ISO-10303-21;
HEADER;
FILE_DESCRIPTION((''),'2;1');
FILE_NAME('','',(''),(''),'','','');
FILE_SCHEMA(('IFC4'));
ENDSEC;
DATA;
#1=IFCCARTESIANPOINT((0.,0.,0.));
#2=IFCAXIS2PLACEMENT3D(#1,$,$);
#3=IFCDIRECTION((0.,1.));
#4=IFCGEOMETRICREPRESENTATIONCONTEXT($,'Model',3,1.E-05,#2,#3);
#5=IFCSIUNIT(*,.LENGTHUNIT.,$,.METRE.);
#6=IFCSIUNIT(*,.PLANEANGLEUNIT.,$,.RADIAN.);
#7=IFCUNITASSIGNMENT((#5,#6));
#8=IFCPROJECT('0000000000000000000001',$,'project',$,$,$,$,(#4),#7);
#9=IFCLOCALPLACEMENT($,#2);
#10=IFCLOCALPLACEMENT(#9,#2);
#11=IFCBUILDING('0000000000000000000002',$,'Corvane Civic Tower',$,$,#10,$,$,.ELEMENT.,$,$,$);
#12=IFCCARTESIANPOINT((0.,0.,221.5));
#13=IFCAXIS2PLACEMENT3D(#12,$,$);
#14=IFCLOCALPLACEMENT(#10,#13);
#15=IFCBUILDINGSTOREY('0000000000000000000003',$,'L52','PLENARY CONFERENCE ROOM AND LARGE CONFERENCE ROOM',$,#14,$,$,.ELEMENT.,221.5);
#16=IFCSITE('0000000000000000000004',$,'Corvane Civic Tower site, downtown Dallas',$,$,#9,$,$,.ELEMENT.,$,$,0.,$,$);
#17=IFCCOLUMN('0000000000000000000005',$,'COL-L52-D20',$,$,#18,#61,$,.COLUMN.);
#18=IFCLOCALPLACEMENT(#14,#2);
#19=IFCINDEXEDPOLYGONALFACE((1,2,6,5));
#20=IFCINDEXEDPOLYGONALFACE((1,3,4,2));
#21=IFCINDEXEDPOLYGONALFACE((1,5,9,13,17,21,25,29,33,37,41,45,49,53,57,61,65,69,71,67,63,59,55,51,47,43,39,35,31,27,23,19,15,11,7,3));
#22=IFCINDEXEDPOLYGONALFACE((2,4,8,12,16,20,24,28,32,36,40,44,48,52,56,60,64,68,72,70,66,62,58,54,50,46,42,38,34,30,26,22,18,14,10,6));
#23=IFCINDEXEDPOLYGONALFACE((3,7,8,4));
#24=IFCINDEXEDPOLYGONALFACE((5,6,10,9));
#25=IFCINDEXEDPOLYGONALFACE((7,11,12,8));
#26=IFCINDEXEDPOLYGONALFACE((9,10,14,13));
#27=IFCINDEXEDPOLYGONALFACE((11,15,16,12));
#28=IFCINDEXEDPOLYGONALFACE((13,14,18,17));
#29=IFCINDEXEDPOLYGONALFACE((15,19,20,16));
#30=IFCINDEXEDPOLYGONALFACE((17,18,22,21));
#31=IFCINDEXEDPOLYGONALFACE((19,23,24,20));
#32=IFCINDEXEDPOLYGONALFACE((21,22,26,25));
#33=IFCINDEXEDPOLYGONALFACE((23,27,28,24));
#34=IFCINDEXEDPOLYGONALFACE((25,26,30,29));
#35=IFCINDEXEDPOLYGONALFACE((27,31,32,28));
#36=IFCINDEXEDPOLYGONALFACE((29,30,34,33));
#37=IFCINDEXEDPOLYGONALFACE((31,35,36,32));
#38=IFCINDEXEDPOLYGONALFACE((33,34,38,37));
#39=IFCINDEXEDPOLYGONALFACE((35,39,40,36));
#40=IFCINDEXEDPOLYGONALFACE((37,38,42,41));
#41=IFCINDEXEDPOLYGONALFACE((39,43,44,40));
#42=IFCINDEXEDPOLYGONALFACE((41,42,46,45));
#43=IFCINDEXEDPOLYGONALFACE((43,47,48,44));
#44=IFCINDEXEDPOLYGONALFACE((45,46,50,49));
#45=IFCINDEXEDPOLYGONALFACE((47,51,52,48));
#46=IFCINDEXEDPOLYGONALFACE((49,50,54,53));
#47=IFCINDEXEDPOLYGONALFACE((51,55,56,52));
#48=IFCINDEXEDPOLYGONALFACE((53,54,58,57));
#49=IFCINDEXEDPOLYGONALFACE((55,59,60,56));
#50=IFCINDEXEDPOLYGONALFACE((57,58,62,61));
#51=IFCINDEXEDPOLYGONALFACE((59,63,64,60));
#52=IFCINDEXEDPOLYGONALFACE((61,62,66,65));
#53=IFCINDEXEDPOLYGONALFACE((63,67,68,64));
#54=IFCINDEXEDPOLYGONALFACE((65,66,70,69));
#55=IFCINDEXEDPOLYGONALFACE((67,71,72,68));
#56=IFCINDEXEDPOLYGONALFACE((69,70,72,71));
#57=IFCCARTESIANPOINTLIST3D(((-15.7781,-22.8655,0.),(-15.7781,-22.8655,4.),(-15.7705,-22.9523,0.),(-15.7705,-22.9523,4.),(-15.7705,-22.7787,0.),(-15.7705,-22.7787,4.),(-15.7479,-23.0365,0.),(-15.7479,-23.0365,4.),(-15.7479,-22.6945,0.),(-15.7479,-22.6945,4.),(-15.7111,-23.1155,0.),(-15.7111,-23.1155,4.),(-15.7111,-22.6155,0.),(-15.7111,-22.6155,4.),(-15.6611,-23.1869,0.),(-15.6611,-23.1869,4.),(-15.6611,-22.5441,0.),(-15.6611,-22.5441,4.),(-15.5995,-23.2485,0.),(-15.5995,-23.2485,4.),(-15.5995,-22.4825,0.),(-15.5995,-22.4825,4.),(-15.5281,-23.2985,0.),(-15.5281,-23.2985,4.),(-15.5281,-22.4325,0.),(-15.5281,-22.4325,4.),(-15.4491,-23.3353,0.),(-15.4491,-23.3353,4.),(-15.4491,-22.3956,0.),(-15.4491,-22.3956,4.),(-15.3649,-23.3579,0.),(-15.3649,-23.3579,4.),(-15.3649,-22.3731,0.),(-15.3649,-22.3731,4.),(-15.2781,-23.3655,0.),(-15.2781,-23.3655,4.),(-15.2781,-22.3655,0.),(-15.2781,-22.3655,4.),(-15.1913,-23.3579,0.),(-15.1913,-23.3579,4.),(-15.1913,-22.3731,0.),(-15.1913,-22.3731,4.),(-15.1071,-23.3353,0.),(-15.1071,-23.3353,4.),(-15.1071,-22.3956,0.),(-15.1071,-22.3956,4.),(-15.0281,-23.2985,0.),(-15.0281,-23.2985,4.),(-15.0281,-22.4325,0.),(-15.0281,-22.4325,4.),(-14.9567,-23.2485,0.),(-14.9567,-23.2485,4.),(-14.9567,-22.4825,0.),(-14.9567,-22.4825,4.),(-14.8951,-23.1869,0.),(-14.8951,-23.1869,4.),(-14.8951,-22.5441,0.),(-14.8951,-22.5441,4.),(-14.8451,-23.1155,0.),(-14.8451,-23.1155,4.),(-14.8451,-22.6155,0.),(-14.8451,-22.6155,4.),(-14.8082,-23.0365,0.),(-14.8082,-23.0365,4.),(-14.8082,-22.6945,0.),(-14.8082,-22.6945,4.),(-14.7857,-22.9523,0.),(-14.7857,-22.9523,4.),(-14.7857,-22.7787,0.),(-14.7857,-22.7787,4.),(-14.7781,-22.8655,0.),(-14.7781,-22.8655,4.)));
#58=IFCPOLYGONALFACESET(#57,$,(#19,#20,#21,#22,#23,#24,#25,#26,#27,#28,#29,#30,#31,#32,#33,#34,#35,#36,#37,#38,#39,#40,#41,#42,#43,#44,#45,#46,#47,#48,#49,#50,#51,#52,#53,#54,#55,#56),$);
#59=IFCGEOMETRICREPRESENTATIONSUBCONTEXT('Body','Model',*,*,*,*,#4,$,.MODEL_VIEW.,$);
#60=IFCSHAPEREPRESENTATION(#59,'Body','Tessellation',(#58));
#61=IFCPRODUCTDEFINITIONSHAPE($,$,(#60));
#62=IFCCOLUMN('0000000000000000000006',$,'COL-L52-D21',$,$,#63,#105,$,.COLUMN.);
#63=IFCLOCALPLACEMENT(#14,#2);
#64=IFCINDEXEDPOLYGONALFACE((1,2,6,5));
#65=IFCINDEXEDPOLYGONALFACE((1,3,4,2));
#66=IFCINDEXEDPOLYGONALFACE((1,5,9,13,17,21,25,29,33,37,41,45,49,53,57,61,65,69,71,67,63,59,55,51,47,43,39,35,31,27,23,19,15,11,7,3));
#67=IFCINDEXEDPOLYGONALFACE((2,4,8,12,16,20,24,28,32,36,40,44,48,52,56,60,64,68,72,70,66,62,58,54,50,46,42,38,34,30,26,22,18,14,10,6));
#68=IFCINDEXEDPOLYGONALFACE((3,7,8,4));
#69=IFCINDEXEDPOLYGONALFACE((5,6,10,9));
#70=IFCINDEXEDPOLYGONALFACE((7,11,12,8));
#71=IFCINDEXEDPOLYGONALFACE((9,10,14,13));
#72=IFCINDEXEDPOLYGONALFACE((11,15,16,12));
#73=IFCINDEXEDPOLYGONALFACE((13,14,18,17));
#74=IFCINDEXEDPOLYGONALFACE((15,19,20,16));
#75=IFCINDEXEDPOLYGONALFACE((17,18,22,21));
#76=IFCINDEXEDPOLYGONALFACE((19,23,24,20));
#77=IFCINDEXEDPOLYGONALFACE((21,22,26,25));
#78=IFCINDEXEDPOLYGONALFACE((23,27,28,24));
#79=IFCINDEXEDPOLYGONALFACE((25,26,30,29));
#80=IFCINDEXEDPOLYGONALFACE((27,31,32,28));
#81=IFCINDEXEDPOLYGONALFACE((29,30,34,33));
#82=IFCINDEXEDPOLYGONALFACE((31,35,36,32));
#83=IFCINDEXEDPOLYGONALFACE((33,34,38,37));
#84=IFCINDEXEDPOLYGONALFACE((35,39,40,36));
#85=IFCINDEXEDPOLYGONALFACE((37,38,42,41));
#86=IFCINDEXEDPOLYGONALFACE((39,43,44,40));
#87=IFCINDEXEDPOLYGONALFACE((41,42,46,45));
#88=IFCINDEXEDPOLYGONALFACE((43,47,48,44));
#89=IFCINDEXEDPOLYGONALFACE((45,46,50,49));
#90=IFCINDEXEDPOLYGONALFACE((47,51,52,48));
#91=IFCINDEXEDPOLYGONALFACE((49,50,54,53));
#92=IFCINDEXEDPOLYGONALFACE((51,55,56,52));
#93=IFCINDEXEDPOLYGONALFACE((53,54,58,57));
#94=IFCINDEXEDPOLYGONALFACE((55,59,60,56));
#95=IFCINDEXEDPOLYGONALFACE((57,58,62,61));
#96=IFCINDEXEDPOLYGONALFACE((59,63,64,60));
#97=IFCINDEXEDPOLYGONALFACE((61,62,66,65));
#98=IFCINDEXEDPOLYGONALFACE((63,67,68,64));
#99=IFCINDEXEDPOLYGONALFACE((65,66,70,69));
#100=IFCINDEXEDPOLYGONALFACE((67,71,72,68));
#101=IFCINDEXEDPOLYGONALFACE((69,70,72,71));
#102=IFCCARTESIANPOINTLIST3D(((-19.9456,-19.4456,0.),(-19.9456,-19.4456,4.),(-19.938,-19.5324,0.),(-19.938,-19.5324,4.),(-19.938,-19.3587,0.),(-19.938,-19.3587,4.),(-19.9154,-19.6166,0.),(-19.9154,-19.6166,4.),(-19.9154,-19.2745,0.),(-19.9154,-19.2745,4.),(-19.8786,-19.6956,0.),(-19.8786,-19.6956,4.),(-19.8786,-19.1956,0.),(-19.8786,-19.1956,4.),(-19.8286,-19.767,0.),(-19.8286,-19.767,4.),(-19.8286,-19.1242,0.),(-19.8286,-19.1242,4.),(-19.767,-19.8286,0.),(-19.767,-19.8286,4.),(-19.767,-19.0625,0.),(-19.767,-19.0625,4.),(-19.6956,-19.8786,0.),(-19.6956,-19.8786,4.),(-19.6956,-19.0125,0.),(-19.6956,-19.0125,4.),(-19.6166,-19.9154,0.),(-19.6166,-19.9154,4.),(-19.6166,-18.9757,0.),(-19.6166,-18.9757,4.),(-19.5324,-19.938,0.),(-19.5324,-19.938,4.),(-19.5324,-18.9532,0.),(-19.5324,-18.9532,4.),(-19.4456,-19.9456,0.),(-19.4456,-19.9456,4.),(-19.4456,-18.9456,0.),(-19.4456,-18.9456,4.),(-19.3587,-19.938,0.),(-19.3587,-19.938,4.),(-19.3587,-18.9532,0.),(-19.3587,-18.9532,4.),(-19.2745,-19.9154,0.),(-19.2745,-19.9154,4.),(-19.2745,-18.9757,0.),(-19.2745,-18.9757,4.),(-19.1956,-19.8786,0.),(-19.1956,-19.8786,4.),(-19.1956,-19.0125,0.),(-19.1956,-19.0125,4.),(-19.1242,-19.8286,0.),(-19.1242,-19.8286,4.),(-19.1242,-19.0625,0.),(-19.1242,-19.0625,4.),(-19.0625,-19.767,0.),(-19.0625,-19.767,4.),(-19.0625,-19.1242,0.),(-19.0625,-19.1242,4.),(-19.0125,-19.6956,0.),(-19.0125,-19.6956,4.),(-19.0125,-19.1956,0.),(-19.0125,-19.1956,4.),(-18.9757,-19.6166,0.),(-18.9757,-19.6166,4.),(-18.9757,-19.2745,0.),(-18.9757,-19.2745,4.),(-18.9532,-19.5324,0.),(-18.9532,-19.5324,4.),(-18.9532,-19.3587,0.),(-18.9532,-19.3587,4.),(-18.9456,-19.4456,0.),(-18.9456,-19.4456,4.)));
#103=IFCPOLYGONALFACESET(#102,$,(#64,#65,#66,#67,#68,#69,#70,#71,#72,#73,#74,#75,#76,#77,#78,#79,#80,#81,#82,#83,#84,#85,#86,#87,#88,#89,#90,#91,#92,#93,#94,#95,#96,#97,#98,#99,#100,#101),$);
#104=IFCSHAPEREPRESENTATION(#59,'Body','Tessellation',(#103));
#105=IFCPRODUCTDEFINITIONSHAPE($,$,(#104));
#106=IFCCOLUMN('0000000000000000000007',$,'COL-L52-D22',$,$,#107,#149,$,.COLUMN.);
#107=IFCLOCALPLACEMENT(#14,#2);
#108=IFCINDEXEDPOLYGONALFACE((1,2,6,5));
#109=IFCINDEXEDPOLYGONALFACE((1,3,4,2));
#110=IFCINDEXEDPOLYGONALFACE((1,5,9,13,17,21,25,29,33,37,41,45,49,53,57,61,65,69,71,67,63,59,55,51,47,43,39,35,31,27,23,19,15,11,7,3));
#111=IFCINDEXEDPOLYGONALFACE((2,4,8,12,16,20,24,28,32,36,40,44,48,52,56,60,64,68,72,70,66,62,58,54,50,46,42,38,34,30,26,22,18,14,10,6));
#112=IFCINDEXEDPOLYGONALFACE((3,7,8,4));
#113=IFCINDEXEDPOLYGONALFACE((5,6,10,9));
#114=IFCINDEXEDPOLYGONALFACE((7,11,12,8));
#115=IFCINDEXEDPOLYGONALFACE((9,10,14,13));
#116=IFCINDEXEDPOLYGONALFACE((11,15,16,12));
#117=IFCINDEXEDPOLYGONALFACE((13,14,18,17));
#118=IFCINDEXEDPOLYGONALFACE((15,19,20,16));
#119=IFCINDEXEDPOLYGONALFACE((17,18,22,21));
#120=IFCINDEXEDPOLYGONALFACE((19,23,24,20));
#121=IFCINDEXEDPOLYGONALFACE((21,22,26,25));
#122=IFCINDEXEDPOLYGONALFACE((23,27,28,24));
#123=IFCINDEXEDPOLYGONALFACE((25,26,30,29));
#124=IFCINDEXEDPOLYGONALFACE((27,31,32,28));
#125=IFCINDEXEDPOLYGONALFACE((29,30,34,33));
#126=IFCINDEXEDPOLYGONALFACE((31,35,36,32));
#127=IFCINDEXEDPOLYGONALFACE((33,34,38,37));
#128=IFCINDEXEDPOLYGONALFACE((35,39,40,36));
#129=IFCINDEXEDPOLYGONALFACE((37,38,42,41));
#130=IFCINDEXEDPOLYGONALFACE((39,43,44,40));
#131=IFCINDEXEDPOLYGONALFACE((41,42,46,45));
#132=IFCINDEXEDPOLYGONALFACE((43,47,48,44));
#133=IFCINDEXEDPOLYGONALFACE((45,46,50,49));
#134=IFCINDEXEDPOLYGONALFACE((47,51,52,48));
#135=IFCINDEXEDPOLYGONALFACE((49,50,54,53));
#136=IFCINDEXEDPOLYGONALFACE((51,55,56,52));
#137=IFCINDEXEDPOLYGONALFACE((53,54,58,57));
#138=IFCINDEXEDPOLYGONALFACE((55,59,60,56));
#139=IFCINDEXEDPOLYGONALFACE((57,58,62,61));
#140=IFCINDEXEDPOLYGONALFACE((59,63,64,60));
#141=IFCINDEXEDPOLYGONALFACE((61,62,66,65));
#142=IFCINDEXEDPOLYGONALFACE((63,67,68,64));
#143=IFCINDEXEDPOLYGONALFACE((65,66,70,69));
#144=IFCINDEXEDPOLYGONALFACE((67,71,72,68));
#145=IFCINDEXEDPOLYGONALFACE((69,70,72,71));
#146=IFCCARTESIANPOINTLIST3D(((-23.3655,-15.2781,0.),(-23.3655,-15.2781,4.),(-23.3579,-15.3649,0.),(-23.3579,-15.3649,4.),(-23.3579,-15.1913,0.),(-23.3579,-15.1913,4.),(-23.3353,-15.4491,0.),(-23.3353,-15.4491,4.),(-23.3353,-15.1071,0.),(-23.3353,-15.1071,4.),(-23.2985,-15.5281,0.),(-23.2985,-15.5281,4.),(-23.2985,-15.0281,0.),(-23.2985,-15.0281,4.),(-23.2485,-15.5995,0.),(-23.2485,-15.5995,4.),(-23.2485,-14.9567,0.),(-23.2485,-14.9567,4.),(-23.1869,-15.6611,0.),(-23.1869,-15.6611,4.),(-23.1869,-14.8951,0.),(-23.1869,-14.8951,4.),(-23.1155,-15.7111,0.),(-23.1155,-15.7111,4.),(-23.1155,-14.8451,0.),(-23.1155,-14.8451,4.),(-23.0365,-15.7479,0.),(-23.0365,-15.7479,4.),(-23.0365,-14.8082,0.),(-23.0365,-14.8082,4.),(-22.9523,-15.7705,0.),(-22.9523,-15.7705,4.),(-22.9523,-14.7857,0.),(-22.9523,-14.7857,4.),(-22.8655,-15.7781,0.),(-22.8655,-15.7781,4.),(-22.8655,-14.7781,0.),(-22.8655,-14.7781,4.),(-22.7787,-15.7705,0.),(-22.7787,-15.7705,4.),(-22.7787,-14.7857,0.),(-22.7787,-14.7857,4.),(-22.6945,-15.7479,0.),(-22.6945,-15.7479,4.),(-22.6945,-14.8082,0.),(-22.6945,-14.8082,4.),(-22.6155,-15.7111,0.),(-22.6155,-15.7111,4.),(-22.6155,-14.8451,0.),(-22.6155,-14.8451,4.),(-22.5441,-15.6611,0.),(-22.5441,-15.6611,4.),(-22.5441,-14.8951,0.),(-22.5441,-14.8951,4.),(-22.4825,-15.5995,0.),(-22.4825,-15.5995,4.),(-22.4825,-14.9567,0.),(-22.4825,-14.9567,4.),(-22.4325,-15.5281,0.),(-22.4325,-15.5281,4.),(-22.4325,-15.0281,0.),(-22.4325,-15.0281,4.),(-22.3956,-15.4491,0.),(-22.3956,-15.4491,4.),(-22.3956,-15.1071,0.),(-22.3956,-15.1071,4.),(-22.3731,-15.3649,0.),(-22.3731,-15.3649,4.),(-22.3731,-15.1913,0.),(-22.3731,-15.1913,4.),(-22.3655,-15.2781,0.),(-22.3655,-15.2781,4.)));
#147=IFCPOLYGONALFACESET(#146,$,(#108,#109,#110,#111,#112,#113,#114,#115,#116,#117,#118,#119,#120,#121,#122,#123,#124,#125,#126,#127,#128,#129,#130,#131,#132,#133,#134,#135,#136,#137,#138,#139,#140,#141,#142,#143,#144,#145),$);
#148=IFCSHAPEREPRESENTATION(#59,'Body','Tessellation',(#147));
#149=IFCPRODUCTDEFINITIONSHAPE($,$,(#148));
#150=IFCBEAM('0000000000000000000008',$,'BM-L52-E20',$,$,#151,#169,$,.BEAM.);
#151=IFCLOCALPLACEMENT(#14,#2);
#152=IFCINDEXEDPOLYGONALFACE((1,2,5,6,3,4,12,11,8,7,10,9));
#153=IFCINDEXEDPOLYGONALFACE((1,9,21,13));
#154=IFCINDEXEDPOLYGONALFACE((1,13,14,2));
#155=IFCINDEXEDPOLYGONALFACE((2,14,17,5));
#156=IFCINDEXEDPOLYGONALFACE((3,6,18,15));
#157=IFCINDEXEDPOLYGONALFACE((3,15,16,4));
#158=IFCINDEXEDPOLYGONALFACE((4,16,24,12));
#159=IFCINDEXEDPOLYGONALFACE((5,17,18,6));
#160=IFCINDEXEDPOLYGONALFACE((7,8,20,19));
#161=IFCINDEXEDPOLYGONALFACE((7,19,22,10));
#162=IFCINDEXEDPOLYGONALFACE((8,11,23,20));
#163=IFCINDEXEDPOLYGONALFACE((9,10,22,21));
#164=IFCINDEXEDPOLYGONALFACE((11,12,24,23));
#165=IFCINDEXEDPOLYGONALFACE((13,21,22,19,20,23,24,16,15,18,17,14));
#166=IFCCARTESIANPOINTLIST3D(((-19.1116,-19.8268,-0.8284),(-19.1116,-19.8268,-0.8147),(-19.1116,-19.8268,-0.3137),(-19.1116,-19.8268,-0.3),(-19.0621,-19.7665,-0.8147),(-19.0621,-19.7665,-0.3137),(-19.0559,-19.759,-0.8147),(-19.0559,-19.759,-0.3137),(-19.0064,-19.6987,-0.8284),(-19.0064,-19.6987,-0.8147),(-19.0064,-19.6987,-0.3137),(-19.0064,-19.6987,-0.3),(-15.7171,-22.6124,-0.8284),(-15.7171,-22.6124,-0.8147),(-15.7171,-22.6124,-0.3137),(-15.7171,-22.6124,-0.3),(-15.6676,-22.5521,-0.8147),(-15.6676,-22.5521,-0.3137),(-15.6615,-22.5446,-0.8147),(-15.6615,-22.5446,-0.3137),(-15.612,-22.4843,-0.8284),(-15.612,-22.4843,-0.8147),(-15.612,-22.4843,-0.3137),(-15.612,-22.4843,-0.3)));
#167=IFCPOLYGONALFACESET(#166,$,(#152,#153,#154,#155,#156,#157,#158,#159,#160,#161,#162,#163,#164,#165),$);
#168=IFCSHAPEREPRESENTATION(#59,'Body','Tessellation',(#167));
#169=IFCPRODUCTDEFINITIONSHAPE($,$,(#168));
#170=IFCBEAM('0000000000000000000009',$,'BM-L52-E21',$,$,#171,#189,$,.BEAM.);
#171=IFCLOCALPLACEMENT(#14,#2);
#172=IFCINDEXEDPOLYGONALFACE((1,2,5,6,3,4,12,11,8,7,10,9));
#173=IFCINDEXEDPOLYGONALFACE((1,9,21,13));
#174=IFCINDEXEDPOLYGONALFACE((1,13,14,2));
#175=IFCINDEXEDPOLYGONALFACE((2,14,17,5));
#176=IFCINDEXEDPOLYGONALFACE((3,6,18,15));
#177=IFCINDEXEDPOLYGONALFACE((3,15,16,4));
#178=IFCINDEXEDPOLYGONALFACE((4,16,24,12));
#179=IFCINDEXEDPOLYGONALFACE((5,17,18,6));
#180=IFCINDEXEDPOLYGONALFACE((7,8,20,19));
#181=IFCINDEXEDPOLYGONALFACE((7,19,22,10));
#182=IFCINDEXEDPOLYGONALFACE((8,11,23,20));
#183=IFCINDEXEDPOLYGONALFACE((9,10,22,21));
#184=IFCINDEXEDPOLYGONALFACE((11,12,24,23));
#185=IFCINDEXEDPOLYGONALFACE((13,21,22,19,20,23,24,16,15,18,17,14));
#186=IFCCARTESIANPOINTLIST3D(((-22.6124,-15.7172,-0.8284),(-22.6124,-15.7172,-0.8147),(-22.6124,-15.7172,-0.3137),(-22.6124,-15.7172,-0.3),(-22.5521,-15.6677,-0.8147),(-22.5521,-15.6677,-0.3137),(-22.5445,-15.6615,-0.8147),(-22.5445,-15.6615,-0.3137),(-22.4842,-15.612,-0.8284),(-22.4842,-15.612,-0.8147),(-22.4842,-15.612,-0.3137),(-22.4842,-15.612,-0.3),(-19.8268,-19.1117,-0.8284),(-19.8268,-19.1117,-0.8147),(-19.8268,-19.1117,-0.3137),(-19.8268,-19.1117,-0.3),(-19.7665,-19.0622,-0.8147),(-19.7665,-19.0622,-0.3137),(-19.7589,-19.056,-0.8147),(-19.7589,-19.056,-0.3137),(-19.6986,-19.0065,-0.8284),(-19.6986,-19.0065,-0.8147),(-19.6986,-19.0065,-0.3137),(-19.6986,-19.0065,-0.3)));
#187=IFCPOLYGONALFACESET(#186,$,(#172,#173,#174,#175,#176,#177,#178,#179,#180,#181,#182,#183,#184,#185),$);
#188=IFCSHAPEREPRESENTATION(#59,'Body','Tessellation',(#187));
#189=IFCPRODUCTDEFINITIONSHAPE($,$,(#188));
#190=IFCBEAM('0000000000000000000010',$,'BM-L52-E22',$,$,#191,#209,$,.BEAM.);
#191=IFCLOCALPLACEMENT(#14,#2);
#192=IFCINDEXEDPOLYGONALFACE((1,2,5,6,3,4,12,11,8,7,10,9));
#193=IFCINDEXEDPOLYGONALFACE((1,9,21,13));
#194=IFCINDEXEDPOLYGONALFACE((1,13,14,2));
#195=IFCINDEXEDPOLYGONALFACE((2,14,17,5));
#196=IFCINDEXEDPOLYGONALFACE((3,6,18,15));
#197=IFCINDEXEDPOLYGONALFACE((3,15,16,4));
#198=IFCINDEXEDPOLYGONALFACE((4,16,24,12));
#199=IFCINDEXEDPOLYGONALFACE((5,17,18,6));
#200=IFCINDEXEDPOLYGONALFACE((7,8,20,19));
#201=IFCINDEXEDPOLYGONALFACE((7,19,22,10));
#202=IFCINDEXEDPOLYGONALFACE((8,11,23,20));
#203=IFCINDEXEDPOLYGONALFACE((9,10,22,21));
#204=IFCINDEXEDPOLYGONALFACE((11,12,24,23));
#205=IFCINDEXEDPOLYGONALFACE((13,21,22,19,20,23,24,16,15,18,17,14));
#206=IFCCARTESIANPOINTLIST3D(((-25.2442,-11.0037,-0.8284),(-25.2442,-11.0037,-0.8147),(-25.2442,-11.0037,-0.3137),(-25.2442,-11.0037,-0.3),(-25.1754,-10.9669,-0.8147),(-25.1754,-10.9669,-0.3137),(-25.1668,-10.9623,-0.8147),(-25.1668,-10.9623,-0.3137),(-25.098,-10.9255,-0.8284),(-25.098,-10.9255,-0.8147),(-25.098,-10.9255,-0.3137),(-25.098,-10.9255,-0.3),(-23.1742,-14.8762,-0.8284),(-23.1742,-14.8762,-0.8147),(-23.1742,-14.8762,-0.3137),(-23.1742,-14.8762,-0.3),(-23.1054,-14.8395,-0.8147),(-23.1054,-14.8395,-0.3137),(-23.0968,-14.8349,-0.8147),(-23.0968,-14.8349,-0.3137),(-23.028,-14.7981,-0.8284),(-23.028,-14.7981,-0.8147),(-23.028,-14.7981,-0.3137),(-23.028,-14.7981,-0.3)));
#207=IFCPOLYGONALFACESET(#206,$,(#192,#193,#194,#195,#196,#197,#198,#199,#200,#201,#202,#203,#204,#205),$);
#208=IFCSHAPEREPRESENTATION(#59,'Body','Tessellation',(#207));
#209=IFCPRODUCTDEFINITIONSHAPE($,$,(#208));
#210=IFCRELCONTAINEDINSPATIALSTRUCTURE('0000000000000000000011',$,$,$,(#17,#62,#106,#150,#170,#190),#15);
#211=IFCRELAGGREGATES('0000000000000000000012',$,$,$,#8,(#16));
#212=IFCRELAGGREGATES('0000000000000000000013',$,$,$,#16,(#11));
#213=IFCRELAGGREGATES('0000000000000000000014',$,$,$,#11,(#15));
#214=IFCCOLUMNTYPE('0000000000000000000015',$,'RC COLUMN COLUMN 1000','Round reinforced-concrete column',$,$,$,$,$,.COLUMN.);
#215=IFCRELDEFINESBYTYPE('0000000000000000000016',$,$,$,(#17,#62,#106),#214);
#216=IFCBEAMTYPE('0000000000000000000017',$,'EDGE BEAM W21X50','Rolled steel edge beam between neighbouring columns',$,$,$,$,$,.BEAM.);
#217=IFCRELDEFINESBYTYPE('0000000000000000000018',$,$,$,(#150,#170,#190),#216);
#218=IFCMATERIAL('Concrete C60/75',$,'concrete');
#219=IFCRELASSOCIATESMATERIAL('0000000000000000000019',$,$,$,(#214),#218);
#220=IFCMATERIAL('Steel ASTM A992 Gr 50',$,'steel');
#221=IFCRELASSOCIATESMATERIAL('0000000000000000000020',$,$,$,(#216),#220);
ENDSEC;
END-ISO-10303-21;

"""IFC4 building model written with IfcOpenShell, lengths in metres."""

from ifc_helpers import new_model, si_unit, direction, frame, origin, origin_2d, place, context, subcontext, project, spatial, circle, i_section, extrude, material, material_profile, profile_set, type_object, element, save


model = new_model("IFC4")

# Units and contexts
model_context = context("Model", 3, precision=1e-05, world=origin(), true_north=direction((0.0, 1.0)))
body_context = subcontext(model_context, "Body", "Model", "MODEL_VIEW")
ifc_project = project(units=[si_unit("LENGTHUNIT", "METRE"), si_unit("PLANEANGLEUNIT", "RADIAN")], contexts=[model_context])

# Site, building, storey
site_placement = place(None, origin())
site = spatial("IfcSite", under=ifc_project, at=site_placement, Name="Corvane Civic Tower site, downtown Dallas", CompositionType="ELEMENT", RefElevation=0.0)
building_placement = place(site_placement, origin())
building = spatial("IfcBuilding", under=site, at=building_placement, Name="Corvane Civic Tower", CompositionType="ELEMENT")
storey_placement = place(building_placement, frame((0.0, 0.0, 221.5)))
storey = spatial("IfcBuildingStorey", under=building, at=storey_placement, Name="L52", Description="PLENARY CONFERENCE ROOM AND LARGE CONFERENCE ROOM", CompositionType="ELEMENT", Elevation=221.5)

# Columns
ifc_material_1 = material(Name="Concrete C60/75", Category="concrete")
ifc_material_profile_1 = material_profile(ifc_material_1, circle(Radius=0.5, at=origin_2d()), Name="COLUMN 1000")
ifc_profile_set_1 = profile_set([ifc_material_profile_1], Name="Concrete C60/75")
column_type = type_object("IfcColumnType", Name="RC COLUMN COLUMN 1000", Description="Round reinforced-concrete column", PredefinedType="COLUMN", material=ifc_profile_set_1)
for number, where, z_axis, x_axis, name in (
    (1, (-15.2781, -22.8655, 0.0), (0.0, 0.0, 1.0), (1.0, 0.0, 0.0), "COL-L52-D20"),
    (2, (-19.4456, -19.4456, 0.0), (0.0, 0.0, 1.0), (1.0, 0.0, 0.0), "COL-L52-D21"),
    (3, (-22.8655, -15.2781, 0.0), (0.0, 0.0, 1.0), (1.0, 0.0, 0.0), "COL-L52-D22"),
):
    element("IfcColumn", number, at=place(storey_placement, frame(where, z_axis=z_axis, x_axis=x_axis)), inside=storey, type_object=column_type, Name=name, PredefinedType="COLUMN", context=body_context, shape_type="SweptSolid", body=[
        extrude(circle(Radius=0.5, at=origin_2d()), origin(), (0.0, 0.0, 1.0), 4.0),
    ])

# Beams
ifc_material_2 = material(Name="Steel ASTM A992 Gr 50", Category="steel")
ifc_material_profile_2 = material_profile(ifc_material_2, i_section(OverallWidth=0.1658, OverallDepth=0.5283, WebThickness=0.0098, FlangeThickness=0.0137, at=origin_2d()), Name="W21X50")
ifc_profile_set_2 = profile_set([ifc_material_profile_2], Name="Steel ASTM A992 Gr 50")
beam_type_1 = type_object("IfcBeamType", Name="EDGE BEAM W21X50", Description="Rolled steel edge beam between neighbouring columns", PredefinedType="BEAM", material=ifc_profile_set_2)
for number, where, z_axis, x_axis, name in (
    (4, (-15.6646, -22.5483, -0.5642), (-0.77303, 0.634369, 0.0), (-0.634369, -0.77303, 0.0), "BM-L52-E20"),
    (5, (-19.7627, -19.0591, -0.5642), (-0.634369, 0.77303, 0.0), (-0.77303, -0.634369, 0.0), "BM-L52-E21"),
    (6, (-23.1011, -14.8372, -0.5642), (-0.471422, 0.881908, 0.0), (-0.881908, -0.471422, 0.0), "BM-L52-E22"),
):
    element("IfcBeam", number, at=place(storey_placement, frame(where, z_axis=z_axis, x_axis=x_axis)), inside=storey, type_object=beam_type_1, Name=name, PredefinedType="BEAM", context=body_context, shape_type="SweptSolid", body=[
        extrude(i_section(OverallWidth=0.1658, OverallDepth=0.5283, WebThickness=0.0098, FlangeThickness=0.0137, at=origin_2d()), origin(), (0.0, 0.0, 1.0), 4.3911),
    ])

save(model, "model.ifc")
